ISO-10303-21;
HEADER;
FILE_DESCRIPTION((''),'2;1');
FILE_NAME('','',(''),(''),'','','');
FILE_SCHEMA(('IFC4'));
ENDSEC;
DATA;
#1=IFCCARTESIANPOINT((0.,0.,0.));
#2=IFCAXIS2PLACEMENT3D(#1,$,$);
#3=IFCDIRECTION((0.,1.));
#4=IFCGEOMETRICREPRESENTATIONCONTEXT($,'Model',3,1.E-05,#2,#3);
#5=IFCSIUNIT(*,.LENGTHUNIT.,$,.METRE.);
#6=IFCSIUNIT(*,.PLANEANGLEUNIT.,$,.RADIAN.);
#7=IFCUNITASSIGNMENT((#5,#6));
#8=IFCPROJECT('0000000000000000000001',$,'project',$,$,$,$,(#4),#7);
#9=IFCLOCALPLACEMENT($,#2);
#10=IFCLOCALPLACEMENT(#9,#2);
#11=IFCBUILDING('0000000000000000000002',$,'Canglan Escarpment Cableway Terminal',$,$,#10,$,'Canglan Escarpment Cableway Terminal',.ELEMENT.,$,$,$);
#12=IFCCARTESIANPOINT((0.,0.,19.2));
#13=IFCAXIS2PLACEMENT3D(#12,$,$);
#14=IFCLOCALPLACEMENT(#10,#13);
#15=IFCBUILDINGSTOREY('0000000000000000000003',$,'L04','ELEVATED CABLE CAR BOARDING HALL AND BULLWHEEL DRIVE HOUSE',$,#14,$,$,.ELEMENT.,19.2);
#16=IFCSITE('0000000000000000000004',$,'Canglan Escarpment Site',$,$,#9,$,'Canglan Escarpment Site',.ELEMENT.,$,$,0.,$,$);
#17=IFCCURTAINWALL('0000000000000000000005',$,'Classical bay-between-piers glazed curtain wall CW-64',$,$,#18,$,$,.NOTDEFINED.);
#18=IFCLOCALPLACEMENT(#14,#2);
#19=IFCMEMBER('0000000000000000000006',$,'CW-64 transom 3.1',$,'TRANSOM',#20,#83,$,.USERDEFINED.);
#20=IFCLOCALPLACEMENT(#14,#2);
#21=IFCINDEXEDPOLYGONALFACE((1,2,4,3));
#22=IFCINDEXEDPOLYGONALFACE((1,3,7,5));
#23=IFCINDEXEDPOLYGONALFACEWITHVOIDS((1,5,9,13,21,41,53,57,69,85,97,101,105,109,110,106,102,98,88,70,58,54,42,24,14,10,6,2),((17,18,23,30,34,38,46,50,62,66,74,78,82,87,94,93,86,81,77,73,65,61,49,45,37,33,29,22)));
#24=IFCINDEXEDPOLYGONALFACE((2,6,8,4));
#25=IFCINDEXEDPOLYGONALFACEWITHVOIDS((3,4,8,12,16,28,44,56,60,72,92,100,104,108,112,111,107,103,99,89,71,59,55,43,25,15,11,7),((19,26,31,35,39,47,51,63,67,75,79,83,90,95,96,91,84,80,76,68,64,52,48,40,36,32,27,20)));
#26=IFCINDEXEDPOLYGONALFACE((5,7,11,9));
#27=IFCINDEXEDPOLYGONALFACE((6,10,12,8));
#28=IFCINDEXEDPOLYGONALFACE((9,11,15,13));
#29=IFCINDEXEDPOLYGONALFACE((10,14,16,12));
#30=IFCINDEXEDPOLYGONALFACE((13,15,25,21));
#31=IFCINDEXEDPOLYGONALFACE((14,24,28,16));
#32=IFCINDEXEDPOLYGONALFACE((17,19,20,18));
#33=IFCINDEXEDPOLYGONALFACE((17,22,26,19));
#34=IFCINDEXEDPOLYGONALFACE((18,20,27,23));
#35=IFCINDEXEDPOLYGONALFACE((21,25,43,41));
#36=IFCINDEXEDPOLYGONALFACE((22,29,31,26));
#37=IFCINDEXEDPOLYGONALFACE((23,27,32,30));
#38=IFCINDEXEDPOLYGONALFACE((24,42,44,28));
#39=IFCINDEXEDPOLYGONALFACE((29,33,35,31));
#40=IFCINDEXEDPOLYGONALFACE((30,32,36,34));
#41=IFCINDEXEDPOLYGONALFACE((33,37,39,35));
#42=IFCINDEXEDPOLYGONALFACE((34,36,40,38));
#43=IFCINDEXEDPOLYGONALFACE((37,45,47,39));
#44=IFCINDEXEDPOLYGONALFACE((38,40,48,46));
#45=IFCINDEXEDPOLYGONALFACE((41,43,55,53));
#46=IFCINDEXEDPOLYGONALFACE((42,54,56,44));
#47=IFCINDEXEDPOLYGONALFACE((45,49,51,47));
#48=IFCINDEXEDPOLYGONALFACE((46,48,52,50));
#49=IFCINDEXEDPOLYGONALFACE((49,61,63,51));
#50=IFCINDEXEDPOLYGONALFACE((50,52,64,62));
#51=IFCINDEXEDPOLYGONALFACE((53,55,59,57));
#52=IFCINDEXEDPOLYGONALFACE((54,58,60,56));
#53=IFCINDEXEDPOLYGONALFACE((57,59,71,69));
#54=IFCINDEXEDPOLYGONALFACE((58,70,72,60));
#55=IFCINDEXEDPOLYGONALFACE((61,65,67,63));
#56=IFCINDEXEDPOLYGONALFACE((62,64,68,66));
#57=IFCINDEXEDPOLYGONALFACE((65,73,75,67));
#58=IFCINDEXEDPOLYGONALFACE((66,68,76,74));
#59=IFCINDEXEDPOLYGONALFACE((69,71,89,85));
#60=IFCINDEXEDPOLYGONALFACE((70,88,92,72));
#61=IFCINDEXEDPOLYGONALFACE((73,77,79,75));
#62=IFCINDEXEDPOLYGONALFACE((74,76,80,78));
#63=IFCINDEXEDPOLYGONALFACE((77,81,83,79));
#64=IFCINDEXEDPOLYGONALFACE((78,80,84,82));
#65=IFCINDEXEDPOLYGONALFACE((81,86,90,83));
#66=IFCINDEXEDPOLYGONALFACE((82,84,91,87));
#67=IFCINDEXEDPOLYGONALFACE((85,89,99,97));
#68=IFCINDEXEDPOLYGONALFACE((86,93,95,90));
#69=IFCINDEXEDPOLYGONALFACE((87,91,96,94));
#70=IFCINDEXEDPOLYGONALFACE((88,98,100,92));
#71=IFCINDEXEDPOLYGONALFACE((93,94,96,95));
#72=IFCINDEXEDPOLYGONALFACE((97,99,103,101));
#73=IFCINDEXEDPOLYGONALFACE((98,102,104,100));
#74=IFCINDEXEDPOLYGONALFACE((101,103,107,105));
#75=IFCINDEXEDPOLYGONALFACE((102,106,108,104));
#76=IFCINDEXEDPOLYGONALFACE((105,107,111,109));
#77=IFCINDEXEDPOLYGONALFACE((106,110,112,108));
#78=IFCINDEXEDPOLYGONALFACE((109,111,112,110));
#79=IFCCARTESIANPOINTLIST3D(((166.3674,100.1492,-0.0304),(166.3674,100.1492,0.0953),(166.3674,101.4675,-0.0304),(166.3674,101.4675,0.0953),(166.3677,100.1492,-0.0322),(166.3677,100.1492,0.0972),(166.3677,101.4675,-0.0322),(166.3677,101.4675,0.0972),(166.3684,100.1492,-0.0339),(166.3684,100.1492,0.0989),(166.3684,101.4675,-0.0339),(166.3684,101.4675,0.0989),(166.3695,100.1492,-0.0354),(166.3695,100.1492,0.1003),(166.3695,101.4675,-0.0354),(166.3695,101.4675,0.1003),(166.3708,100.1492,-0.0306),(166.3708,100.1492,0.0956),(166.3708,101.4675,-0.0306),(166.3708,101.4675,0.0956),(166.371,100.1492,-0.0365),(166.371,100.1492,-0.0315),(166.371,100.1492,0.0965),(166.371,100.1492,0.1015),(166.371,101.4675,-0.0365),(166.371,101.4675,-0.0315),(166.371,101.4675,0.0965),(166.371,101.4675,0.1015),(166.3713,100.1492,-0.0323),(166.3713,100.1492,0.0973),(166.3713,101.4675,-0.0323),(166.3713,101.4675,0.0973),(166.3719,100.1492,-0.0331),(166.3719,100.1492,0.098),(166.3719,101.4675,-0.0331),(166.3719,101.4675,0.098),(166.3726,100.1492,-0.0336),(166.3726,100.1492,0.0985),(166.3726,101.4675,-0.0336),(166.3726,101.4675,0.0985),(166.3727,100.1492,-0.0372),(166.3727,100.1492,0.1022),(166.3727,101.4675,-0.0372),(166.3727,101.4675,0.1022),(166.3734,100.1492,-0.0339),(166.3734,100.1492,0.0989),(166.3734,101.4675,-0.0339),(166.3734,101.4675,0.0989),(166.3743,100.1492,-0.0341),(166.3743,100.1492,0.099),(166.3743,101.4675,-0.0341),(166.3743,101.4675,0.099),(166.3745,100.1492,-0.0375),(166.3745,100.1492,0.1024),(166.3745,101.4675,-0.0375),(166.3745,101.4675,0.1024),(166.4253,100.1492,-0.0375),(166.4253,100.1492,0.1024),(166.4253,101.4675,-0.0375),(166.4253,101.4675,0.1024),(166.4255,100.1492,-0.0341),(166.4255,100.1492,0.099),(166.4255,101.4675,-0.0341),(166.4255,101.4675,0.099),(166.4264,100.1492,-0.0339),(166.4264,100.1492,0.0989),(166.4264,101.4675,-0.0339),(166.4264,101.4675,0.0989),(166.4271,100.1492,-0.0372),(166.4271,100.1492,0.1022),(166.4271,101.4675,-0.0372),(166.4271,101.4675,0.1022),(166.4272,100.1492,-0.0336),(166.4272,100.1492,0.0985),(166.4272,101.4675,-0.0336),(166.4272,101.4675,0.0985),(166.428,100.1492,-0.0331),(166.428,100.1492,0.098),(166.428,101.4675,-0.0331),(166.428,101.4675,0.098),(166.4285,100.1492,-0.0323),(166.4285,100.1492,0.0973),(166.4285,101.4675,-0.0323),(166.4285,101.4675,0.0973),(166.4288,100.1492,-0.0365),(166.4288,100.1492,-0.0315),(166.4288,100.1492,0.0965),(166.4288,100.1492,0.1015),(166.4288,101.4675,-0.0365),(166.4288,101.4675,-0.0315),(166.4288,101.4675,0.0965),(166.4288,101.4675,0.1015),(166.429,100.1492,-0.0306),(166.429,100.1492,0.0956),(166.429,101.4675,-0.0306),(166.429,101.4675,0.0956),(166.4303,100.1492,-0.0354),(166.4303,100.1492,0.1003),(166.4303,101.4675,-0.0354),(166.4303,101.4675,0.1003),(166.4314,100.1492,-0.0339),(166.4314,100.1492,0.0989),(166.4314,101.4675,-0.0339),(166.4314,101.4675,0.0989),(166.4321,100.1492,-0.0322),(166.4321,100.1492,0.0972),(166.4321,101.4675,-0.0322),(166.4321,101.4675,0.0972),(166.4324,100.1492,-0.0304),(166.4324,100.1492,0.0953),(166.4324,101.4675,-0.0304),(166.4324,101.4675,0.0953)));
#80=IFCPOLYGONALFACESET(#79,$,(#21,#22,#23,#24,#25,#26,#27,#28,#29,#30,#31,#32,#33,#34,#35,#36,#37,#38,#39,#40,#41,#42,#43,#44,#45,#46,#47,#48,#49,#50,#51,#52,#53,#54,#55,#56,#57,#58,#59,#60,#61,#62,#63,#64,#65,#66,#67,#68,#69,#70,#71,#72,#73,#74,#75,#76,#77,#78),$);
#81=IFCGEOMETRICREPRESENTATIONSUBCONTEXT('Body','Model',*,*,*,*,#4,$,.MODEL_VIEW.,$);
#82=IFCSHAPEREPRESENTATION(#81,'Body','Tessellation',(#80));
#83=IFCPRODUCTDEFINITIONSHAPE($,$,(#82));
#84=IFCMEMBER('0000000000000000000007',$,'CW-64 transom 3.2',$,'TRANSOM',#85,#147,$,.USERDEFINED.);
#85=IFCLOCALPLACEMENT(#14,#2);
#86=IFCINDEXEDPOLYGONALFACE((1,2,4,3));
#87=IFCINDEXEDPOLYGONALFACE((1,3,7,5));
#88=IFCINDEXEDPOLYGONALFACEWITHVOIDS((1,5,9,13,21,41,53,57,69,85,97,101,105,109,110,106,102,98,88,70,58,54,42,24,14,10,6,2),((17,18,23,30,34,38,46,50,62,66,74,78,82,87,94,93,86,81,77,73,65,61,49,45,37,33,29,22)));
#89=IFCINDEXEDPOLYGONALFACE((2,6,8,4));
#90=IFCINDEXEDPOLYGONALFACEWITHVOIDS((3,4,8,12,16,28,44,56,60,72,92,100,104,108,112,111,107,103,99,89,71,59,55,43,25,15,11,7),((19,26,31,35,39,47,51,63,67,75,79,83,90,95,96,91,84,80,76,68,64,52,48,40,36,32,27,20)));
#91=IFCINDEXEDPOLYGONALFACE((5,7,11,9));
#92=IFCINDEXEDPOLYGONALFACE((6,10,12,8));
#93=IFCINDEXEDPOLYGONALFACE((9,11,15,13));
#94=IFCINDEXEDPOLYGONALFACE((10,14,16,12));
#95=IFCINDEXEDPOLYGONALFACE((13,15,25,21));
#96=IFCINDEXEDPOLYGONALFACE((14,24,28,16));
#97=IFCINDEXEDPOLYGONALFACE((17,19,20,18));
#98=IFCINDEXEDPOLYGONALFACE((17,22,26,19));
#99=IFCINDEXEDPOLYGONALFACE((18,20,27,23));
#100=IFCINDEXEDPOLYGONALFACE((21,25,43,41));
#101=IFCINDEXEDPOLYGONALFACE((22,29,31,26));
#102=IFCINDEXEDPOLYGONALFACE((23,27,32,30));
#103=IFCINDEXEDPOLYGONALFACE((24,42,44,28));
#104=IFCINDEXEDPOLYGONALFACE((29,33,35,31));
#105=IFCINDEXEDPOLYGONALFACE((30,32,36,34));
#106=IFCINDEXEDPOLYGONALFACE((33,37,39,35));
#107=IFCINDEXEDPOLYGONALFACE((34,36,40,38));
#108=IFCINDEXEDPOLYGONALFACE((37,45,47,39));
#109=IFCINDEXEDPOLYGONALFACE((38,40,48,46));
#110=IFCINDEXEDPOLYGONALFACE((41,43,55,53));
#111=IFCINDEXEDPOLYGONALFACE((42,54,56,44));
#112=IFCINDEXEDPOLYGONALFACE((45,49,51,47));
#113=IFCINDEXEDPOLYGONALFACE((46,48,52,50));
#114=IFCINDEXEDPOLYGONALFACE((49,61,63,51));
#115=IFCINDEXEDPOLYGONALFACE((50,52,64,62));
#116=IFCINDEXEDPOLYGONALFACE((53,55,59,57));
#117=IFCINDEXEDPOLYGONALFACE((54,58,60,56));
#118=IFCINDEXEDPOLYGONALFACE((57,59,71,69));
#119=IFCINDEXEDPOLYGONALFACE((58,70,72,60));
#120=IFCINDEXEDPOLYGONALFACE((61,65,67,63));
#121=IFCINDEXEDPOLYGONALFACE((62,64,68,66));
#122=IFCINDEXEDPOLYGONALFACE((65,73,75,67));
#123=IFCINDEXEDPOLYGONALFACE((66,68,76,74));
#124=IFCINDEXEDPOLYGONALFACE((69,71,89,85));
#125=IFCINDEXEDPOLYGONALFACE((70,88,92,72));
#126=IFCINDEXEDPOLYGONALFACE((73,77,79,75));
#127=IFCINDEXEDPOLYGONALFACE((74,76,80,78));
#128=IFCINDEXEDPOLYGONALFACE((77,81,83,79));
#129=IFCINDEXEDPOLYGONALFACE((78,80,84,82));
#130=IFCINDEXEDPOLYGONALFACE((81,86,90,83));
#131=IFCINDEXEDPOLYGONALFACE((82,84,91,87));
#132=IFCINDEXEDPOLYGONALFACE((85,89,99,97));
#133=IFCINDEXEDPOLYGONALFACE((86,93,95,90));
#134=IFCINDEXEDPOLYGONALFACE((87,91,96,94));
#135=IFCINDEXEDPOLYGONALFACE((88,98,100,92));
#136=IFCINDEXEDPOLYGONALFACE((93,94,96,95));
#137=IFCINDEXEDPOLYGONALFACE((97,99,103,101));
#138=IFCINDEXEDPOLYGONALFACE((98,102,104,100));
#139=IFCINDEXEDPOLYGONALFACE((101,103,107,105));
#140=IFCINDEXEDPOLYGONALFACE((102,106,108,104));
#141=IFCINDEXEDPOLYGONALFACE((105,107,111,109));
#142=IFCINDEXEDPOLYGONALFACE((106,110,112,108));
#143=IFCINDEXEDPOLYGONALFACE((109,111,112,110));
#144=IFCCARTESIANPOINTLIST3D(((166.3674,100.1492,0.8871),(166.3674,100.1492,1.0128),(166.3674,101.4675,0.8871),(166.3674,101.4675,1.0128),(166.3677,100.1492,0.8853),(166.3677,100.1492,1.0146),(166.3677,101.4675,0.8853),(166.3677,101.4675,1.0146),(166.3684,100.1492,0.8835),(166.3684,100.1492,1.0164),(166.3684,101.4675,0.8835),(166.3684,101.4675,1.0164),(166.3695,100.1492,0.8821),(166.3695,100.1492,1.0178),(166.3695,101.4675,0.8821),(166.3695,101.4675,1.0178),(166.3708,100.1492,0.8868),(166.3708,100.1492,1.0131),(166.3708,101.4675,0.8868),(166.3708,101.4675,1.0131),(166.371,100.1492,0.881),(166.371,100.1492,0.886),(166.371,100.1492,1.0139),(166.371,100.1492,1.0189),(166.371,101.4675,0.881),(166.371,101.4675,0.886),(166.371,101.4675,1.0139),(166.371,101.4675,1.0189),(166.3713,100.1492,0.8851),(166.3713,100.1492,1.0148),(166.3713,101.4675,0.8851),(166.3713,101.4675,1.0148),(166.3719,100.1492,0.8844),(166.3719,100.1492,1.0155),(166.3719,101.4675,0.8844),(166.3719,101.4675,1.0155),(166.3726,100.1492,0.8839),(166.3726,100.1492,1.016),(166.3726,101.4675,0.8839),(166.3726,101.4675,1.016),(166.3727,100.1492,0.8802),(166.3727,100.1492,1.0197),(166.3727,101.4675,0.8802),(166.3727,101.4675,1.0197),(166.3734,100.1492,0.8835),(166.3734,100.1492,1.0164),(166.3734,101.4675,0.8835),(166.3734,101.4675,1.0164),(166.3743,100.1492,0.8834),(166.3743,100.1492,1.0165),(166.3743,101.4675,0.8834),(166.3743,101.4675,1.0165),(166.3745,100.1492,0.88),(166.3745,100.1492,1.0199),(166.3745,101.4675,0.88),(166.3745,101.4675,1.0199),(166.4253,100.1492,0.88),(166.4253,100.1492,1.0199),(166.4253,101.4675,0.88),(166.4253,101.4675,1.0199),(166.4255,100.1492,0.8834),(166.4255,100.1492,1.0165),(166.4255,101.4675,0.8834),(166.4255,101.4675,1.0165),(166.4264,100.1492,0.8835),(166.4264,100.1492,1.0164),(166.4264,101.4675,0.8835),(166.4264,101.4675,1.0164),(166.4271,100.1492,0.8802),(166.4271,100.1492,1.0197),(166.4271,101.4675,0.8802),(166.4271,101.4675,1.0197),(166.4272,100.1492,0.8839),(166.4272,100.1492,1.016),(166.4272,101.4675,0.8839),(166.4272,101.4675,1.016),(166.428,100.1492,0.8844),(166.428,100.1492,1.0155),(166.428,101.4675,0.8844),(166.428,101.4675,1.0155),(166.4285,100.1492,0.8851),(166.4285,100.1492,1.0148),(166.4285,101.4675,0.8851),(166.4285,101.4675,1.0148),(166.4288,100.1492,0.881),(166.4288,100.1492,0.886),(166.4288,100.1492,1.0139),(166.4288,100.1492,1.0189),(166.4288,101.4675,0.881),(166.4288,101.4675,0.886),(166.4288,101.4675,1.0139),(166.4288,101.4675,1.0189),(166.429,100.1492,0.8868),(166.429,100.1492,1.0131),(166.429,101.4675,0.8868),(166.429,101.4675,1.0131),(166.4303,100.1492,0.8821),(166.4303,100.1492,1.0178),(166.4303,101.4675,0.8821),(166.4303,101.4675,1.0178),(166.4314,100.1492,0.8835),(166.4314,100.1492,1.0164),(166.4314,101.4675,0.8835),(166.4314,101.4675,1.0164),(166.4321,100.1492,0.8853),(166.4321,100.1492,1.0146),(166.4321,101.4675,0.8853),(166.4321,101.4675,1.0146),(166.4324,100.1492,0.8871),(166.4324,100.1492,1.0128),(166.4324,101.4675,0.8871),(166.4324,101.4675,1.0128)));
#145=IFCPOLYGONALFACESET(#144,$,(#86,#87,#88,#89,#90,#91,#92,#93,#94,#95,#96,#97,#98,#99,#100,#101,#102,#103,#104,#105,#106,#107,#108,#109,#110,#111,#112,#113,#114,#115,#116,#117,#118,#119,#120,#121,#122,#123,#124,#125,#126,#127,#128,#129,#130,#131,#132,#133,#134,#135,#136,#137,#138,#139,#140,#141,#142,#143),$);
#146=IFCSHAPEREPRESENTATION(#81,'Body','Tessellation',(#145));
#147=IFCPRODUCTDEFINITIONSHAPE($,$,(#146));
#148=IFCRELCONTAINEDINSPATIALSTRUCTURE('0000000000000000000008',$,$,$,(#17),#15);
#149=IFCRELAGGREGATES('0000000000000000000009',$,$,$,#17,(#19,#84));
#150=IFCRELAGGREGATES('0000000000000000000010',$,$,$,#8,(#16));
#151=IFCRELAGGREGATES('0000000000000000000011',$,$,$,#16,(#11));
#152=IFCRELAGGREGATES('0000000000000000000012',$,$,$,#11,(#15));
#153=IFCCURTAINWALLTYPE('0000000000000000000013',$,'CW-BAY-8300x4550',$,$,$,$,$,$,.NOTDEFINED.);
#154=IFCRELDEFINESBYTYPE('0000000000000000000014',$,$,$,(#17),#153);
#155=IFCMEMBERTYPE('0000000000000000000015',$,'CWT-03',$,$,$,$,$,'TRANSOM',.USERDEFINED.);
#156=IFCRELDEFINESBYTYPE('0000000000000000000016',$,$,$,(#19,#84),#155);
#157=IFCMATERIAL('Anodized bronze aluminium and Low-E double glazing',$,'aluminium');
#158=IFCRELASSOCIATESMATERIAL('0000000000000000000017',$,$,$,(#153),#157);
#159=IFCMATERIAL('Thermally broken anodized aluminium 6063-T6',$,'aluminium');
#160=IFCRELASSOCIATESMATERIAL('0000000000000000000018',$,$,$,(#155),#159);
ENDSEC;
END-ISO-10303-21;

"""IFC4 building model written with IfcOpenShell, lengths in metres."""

from ifc_helpers import new_model, si_unit, direction, frame, origin, origin_2d, place, context, subcontext, project, spatial, hollow_rectangle, extrude, material, material_profile, profile_set, type_object, element, aggregate, save


model = new_model("IFC4")

# Units and contexts
model_context = context("Model", 3, precision=1e-05, world=origin(), true_north=direction((0.0, 1.0)))
body_context = subcontext(model_context, "Body", "Model", "MODEL_VIEW")
ifc_project = project(units=[si_unit("LENGTHUNIT", "METRE"), si_unit("PLANEANGLEUNIT", "RADIAN")], contexts=[model_context])

# Site, building, storey
site_placement = place(None, origin())
site = spatial("IfcSite", under=ifc_project, at=site_placement, Name="Canglan Escarpment Site", LongName="Canglan Escarpment Site", CompositionType="ELEMENT", RefElevation=0.0)
building_placement = place(site_placement, origin())
building = spatial("IfcBuilding", under=site, at=building_placement, Name="Canglan Escarpment Cableway Terminal", LongName="Canglan Escarpment Cableway Terminal", CompositionType="ELEMENT")
storey_placement = place(building_placement, frame((0.0, 0.0, 19.2)))
storey = spatial("IfcBuildingStorey", under=building, at=storey_placement, Name="L04", Description="ELEVATED CABLE CAR BOARDING HALL AND BULLWHEEL DRIVE HOUSE", CompositionType="ELEMENT", Elevation=19.2)

# Curtain wall, members
ifc_material_1 = material(Name="Anodized bronze aluminium and Low-E double glazing", Category="aluminium")
curtain_wall_type = type_object("IfcCurtainWallType", Name="CW-BAY-8300x4550", PredefinedType="NOTDEFINED", material=ifc_material_1)
curtain_wall_placement = place(storey_placement, origin())
curtain_wall = element("IfcCurtainWall", 1, at=curtain_wall_placement, inside=storey, type_object=curtain_wall_type, Name="Classical bay-between-piers glazed curtain wall CW-64", PredefinedType="NOTDEFINED")
ifc_material_2 = material(Name="Thermally broken anodized aluminium 6063-T6", Category="aluminium")
ifc_material_profile_1 = material_profile(ifc_material_2, hollow_rectangle(XDim=0.0649, YDim=0.1399, WallThickness=0.0034, InnerFilletRadius=0.0034, OuterFilletRadius=0.0071, at=origin_2d()), Name="ALU-TRAN 65x140x3.5")
ifc_profile_set_1 = profile_set([ifc_material_profile_1], Name="Thermally broken anodized aluminium 6063-T6")
member_type_1 = type_object("IfcMemberType", Name="CWT-03", ElementType="TRANSOM", PredefinedType="USERDEFINED", material=ifc_profile_set_1)
member_1_placement = place(storey_placement, frame((166.3999, 100.1492, 0.0325), z_axis=(0.0, 1.0, 0.0), x_axis=(-1.0, 0.0, 0.0)))
member_1 = element("IfcMember", 2, at=member_1_placement, type_object=member_type_1, Name="CW-64 transom 3.1", ObjectType="TRANSOM", PredefinedType="USERDEFINED", context=body_context, shape_type="SweptSolid", body=[
    extrude(hollow_rectangle(XDim=0.0649, YDim=0.1399, WallThickness=0.0034, InnerFilletRadius=0.0034, OuterFilletRadius=0.0071, at=origin_2d()), origin(), (0.0, 0.0, 1.0), 1.3184),
])
member_2_placement = place(storey_placement, frame((166.3999, 100.1492, 0.95), z_axis=(0.0, 1.0, 0.0), x_axis=(-1.0, 0.0, 0.0)))
member_2 = element("IfcMember", 3, at=member_2_placement, type_object=member_type_1, Name="CW-64 transom 3.2", ObjectType="TRANSOM", PredefinedType="USERDEFINED", context=body_context, shape_type="SweptSolid", body=[
    extrude(hollow_rectangle(XDim=0.0649, YDim=0.1399, WallThickness=0.0034, InnerFilletRadius=0.0034, OuterFilletRadius=0.0071, at=origin_2d()), origin(), (0.0, 0.0, 1.0), 1.3184),
])
aggregate(curtain_wall, [member_1, member_2])

save(model, "model.ifc")
